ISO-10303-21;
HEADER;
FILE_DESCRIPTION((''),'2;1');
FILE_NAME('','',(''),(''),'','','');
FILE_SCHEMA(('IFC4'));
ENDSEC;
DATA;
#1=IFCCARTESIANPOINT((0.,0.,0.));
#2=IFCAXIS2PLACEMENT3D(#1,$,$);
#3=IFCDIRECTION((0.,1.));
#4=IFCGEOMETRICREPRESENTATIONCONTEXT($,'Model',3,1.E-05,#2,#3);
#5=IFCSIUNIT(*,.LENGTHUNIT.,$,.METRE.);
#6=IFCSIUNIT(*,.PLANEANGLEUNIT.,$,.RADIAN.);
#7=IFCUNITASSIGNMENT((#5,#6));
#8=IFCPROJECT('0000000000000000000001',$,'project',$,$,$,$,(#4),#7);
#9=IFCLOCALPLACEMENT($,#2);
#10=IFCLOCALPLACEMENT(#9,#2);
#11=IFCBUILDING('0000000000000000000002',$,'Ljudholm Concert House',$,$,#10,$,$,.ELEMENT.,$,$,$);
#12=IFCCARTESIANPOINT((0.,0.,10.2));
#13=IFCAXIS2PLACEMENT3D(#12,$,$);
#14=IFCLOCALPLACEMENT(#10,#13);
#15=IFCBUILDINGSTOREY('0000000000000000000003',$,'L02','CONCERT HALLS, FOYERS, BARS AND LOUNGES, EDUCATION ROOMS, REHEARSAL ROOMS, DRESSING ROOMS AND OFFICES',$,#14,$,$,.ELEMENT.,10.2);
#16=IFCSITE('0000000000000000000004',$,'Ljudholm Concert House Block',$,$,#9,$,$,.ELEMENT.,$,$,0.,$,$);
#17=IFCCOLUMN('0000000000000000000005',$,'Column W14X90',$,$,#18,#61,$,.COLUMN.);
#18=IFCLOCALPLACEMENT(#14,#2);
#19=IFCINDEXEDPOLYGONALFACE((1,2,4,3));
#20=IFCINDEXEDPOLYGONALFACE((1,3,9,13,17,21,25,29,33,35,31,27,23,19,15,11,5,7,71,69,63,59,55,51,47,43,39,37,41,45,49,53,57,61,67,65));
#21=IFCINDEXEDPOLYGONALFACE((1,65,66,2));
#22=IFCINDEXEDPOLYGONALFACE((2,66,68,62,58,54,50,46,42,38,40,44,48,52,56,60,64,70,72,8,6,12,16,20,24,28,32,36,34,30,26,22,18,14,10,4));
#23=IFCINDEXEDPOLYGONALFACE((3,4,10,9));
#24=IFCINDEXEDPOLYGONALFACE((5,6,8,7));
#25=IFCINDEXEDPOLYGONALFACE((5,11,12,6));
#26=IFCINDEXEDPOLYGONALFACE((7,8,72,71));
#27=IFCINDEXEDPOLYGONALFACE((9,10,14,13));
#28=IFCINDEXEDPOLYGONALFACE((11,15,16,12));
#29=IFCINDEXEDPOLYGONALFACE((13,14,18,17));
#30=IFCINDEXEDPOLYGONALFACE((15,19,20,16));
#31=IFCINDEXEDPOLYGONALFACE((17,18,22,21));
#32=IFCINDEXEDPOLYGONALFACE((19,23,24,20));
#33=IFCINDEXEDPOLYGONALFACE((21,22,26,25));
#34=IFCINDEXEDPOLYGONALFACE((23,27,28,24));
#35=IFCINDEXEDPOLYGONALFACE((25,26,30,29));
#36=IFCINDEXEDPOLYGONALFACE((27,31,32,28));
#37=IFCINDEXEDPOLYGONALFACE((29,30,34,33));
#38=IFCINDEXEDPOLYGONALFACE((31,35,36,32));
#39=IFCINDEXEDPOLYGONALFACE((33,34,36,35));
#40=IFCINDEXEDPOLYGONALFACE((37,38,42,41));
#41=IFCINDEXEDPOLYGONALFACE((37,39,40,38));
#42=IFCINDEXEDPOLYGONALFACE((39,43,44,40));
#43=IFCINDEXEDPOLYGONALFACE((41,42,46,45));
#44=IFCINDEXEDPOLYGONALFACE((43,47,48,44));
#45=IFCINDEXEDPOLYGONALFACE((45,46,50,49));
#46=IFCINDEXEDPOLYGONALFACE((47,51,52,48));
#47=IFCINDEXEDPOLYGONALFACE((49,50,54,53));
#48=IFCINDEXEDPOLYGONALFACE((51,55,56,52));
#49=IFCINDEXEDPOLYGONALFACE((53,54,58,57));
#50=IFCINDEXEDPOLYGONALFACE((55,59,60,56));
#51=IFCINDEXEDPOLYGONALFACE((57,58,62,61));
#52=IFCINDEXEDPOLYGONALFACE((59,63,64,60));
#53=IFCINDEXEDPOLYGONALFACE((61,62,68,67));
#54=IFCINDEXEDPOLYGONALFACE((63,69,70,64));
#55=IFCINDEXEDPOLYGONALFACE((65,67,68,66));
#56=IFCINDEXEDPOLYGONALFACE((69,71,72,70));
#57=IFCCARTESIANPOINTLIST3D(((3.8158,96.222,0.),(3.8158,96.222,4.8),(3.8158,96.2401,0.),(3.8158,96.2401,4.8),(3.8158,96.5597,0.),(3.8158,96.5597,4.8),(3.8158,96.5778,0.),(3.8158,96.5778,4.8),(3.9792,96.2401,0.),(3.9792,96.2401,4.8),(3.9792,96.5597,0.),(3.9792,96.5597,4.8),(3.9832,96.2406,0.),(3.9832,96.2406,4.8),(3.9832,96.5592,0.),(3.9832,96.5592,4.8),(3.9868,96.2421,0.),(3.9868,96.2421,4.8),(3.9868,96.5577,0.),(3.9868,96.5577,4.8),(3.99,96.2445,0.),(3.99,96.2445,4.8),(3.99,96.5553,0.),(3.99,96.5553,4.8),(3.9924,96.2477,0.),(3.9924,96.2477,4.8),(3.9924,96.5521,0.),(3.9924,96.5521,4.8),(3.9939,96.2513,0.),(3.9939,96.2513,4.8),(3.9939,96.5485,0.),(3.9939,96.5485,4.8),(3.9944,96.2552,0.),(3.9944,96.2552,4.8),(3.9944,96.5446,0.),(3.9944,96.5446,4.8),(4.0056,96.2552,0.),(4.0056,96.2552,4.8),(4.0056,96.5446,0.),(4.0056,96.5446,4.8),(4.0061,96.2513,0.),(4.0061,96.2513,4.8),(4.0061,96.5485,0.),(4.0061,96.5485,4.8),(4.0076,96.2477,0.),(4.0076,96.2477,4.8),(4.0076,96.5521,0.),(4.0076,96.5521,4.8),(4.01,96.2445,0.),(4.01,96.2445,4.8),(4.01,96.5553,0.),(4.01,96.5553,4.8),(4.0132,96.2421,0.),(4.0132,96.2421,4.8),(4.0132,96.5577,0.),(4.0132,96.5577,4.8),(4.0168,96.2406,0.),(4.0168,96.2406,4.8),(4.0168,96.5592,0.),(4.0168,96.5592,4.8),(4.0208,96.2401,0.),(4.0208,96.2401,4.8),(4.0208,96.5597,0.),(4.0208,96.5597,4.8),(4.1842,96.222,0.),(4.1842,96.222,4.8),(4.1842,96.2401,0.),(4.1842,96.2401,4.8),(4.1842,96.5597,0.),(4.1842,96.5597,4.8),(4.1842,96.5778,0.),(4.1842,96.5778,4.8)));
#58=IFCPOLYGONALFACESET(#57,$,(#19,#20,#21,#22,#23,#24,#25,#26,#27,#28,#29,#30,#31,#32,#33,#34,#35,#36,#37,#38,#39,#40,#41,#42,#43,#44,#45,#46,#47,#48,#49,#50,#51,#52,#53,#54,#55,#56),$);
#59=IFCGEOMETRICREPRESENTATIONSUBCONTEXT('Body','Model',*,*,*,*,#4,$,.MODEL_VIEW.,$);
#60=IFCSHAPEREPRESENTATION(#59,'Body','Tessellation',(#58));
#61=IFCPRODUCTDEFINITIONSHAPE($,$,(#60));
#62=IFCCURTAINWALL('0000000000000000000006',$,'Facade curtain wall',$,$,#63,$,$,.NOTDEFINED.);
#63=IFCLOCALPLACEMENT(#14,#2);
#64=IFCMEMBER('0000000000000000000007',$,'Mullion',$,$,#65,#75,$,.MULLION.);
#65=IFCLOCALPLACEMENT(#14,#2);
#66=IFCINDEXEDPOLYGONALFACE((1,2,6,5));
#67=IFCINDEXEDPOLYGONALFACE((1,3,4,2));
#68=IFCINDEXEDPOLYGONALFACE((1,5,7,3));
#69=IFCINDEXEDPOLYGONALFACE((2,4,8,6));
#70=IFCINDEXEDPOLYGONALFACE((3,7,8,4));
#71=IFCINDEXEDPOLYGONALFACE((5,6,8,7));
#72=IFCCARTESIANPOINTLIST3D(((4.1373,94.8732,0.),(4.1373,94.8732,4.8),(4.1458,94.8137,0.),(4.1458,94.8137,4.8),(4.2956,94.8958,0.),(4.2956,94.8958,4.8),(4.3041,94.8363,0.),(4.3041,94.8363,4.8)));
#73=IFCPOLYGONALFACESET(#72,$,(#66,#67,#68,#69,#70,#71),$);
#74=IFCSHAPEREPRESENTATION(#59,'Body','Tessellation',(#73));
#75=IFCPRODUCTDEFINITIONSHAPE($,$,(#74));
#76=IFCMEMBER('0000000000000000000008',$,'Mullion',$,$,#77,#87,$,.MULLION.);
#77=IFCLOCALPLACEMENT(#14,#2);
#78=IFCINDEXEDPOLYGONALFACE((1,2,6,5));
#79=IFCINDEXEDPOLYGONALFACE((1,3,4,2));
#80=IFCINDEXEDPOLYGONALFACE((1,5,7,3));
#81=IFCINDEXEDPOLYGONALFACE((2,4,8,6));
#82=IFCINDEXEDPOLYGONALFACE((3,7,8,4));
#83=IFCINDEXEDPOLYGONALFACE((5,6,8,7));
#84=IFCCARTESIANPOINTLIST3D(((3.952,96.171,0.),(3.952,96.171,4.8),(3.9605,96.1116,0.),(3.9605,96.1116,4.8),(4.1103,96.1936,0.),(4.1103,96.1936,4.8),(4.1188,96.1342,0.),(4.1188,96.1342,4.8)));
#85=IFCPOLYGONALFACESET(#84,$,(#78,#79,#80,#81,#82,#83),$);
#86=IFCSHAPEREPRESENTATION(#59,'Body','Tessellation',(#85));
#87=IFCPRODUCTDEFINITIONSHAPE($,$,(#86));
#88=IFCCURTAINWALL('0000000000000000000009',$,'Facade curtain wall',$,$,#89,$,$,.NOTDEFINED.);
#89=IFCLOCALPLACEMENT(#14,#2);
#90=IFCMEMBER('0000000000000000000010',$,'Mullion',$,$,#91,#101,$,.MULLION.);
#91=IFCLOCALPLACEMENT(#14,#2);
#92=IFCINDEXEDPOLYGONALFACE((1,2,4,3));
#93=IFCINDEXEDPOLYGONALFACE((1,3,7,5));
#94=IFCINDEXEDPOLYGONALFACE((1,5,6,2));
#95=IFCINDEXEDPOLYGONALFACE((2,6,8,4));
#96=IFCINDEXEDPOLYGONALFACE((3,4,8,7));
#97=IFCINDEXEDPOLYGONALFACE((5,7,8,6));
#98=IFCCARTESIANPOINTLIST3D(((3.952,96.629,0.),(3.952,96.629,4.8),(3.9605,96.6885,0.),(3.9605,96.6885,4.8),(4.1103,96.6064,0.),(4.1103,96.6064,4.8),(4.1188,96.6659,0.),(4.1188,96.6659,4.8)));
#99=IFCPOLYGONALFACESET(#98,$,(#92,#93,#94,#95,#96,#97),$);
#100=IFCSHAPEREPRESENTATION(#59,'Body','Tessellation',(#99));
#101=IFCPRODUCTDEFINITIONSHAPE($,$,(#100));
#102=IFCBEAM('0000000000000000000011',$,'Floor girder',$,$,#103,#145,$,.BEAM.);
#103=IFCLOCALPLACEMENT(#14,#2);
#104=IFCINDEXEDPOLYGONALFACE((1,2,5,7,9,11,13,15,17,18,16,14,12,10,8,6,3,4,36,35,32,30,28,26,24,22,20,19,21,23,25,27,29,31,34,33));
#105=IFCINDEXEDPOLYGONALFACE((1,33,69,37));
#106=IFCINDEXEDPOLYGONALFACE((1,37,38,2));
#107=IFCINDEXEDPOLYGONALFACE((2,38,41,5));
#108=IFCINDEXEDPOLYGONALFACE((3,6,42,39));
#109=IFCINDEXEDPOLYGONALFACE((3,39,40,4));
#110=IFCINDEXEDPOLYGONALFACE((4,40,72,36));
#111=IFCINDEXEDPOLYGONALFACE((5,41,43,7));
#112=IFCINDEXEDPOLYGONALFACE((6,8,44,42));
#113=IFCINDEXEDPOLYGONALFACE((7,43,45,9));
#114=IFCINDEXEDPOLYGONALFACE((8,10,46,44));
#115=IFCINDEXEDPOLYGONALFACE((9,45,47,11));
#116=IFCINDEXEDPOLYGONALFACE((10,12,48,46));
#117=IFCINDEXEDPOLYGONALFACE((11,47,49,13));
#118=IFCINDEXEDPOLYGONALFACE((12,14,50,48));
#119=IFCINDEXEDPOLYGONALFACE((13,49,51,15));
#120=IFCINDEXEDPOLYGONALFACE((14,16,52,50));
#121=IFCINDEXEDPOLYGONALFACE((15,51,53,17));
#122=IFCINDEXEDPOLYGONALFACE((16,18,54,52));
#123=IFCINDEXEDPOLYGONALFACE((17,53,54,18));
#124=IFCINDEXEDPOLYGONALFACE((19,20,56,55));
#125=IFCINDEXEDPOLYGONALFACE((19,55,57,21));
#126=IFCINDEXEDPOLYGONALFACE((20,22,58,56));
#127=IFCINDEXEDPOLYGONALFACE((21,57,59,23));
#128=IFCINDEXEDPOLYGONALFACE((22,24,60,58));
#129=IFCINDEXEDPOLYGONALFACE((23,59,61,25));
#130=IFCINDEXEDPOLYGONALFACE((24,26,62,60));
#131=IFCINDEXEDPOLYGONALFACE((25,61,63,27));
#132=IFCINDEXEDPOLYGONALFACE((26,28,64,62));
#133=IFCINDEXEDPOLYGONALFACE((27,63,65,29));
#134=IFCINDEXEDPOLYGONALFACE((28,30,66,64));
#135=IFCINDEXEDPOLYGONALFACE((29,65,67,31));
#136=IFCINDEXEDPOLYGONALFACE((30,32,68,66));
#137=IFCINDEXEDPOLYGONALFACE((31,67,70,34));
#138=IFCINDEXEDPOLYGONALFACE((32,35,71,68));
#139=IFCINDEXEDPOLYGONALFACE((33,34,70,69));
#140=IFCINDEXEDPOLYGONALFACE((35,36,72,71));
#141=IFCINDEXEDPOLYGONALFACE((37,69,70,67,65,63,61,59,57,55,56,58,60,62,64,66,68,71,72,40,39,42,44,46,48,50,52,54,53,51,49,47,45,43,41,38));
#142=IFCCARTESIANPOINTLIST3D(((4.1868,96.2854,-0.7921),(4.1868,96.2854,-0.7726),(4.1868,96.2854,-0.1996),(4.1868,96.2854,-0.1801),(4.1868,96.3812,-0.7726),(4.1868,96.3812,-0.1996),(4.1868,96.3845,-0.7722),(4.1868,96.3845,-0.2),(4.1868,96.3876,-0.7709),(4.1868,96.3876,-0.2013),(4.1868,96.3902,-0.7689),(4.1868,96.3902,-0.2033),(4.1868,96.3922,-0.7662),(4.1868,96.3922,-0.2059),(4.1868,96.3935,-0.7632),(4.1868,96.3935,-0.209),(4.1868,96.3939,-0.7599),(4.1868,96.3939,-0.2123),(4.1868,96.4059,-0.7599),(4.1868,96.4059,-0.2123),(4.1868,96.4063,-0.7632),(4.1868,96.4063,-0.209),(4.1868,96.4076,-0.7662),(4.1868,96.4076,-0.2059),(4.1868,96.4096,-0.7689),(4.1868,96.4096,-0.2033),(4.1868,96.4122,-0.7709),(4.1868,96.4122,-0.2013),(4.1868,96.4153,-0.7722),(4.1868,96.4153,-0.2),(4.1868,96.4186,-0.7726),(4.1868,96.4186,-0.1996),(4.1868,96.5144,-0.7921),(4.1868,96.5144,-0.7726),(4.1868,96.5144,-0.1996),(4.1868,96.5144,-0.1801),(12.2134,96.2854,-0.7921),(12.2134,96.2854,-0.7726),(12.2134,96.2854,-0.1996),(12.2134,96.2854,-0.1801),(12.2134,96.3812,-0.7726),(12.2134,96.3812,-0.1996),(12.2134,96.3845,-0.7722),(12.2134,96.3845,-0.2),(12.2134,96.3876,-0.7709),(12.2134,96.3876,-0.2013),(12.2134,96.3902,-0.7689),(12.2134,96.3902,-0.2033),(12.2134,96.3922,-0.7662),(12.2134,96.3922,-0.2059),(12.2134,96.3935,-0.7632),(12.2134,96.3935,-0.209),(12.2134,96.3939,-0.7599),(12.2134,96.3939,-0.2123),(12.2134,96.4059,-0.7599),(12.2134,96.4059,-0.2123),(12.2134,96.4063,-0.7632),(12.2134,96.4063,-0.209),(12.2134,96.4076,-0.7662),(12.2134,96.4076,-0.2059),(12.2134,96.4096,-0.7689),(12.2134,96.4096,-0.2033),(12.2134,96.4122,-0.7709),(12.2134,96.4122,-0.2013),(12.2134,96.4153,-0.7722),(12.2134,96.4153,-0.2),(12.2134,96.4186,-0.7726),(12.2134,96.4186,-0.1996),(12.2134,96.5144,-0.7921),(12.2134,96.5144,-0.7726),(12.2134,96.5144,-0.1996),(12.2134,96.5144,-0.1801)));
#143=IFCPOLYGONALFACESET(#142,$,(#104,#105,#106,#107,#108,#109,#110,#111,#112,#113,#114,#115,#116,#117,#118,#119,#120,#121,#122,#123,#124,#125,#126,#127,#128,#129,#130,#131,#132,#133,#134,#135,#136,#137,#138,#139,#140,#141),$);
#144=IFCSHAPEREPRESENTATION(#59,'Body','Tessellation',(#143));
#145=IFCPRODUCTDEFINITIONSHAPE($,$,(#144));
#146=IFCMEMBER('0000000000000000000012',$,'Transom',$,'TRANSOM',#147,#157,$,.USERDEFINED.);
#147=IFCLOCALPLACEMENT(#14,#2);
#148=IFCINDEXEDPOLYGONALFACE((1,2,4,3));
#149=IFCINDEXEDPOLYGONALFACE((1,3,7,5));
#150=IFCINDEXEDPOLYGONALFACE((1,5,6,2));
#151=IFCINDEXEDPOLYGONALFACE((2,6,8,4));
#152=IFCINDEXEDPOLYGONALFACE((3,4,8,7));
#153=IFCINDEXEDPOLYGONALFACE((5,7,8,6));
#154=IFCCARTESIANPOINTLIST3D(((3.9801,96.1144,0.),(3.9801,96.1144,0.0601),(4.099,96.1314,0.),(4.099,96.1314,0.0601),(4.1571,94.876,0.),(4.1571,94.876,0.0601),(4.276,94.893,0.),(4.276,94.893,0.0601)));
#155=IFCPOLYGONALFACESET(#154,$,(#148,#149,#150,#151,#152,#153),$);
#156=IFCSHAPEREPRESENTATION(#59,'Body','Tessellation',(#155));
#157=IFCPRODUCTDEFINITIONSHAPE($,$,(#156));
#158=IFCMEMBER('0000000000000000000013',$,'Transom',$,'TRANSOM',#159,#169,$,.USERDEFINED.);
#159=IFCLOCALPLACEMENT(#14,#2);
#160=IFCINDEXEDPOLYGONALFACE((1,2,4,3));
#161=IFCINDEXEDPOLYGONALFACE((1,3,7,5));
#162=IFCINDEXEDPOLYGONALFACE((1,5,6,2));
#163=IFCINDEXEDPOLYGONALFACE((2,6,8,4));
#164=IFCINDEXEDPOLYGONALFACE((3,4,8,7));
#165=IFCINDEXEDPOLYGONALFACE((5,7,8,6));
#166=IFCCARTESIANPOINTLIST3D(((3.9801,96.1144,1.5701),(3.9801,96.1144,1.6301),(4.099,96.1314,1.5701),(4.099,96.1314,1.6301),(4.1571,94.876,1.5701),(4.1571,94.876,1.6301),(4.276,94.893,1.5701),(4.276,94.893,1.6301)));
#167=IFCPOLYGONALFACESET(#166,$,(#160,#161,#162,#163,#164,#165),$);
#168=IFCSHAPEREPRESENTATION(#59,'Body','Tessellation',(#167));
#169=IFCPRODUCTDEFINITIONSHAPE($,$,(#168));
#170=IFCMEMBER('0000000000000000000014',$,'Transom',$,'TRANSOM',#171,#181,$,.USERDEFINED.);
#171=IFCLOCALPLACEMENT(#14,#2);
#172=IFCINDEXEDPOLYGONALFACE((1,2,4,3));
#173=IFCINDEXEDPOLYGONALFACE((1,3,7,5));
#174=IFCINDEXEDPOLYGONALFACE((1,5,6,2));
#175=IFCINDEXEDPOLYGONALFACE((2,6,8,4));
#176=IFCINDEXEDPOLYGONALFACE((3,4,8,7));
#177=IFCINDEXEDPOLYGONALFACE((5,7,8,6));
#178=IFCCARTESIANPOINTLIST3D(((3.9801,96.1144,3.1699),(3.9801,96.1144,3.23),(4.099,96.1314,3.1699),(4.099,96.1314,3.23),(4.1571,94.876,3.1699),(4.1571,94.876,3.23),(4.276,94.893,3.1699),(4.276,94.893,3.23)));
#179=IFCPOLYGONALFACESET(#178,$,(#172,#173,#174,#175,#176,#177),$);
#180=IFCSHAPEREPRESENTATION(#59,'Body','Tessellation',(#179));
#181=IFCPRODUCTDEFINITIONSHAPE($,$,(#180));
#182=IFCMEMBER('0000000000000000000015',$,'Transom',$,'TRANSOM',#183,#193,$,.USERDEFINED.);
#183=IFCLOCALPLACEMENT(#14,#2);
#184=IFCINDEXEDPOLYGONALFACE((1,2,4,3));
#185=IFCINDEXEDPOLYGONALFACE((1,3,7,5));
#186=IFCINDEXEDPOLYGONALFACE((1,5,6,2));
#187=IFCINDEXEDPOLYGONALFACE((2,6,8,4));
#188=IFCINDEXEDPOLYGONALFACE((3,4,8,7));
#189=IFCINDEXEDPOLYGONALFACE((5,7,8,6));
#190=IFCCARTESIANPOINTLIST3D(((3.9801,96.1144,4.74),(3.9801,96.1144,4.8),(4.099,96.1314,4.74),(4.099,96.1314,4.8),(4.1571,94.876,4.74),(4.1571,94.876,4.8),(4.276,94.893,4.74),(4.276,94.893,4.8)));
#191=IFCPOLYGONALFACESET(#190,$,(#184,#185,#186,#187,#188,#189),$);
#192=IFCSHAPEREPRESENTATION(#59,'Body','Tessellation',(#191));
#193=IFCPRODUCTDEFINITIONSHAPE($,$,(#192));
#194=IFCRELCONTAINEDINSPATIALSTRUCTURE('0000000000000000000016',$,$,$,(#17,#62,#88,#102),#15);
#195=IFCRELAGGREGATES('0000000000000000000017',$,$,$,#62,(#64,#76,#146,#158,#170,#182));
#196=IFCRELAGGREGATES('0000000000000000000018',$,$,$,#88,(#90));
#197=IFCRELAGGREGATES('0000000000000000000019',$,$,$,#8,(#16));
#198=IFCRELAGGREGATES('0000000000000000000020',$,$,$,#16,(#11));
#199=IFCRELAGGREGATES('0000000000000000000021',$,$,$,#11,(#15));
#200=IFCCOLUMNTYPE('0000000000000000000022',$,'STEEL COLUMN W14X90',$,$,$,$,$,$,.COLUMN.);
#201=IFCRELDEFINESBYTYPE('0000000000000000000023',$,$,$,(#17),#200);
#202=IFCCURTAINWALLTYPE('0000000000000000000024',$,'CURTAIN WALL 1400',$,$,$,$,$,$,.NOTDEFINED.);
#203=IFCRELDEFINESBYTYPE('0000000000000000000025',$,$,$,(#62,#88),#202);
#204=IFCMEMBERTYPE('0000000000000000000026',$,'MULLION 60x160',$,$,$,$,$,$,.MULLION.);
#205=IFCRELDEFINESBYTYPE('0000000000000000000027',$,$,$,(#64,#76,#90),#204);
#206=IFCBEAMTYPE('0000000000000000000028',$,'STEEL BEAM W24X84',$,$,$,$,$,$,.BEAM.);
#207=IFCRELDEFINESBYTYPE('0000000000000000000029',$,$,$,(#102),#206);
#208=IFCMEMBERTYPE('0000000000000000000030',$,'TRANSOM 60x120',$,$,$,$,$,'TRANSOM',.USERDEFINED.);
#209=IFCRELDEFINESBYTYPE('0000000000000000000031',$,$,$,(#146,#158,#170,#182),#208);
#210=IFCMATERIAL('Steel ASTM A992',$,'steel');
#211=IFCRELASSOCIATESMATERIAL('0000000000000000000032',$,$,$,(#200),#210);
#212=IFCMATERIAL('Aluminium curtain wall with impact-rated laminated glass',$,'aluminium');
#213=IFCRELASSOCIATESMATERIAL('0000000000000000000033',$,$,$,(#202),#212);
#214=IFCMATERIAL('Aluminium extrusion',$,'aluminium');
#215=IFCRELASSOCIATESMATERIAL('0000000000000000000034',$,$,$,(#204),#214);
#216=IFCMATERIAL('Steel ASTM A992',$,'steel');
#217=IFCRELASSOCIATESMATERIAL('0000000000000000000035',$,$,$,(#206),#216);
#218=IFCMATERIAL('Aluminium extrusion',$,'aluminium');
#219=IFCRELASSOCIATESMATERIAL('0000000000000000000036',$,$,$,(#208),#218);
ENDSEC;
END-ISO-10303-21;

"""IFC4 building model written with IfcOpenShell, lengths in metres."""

from ifc_helpers import new_model, si_unit, direction, frame, origin, origin_2d, place, context, subcontext, project, spatial, rectangle, i_section, extrude, material, material_profile, profile_set, type_object, element, aggregate, save


model = new_model("IFC4")

# Units and contexts
model_context = context("Model", 3, precision=1e-05, world=origin(), true_north=direction((0.0, 1.0)))
body_context = subcontext(model_context, "Body", "Model", "MODEL_VIEW")
ifc_project = project(units=[si_unit("LENGTHUNIT", "METRE"), si_unit("PLANEANGLEUNIT", "RADIAN")], contexts=[model_context])

# Site, building, storey
site_placement = place(None, origin())
site = spatial("IfcSite", under=ifc_project, at=site_placement, Name="Ljudholm Concert House Block", CompositionType="ELEMENT", RefElevation=0.0)
building_placement = place(site_placement, origin())
building = spatial("IfcBuilding", under=site, at=building_placement, Name="Ljudholm Concert House", CompositionType="ELEMENT")
storey_placement = place(building_placement, frame((0.0, 0.0, 10.2)))
storey = spatial("IfcBuildingStorey", under=building, at=storey_placement, Name="L02", Description="CONCERT HALLS, FOYERS, BARS AND LOUNGES, EDUCATION ROOMS, REHEARSAL ROOMS, DRESSING ROOMS AND OFFICES", CompositionType="ELEMENT", Elevation=10.2)

# Column
ifc_material_1 = material(Name="Steel ASTM A992", Category="steel")
ifc_material_profile_1 = material_profile(ifc_material_1, i_section(OverallWidth=0.3684, OverallDepth=0.3557, WebThickness=0.0112, FlangeThickness=0.0181, FilletRadius=0.0151, at=origin_2d()), Name="W14X90")
ifc_profile_set_1 = profile_set([ifc_material_profile_1], Name="Steel ASTM A992")
column_type = type_object("IfcColumnType", Name="STEEL COLUMN W14X90", PredefinedType="COLUMN", material=ifc_profile_set_1)
column_placement = place(storey_placement, frame((4.0, 96.3999, 0.0), z_axis=(0.0, 0.0, 1.0), x_axis=(1.0, 0.0, 0.0)))
element("IfcColumn", 1, at=column_placement, inside=storey, type_object=column_type, Name="Column W14X90", PredefinedType="COLUMN", context=body_context, shape_type="SweptSolid", body=[
    extrude(i_section(OverallWidth=0.3684, OverallDepth=0.3557, WebThickness=0.0112, FlangeThickness=0.0181, FilletRadius=0.0151, at=origin_2d()), origin(), (0.0, 0.0, 1.0), 4.8),
])

# Curtain wall, members
ifc_material_2 = material(Name="Aluminium curtain wall with impact-rated laminated glass", Category="aluminium")
curtain_wall_type = type_object("IfcCurtainWallType", Name="CURTAIN WALL 1400", PredefinedType="NOTDEFINED", material=ifc_material_2)
curtain_wall_1_placement = place(storey_placement, origin())
curtain_wall_1 = element("IfcCurtainWall", 2, at=curtain_wall_1_placement, inside=storey, type_object=curtain_wall_type, Name="Facade curtain wall", PredefinedType="NOTDEFINED")
ifc_material_3 = material(Name="Aluminium extrusion", Category="aluminium")
ifc_material_profile_2 = material_profile(ifc_material_3, rectangle(XDim=0.1599, YDim=0.0601, at=origin_2d()), Name="MULLION 60x160")
ifc_profile_set_2 = profile_set([ifc_material_profile_2], Name="Aluminium extrusion")
member_type_1 = type_object("IfcMemberType", Name="MULLION 60x160", PredefinedType="MULLION", material=ifc_profile_set_2)
member_1_placement = place(storey_placement, frame((4.2207, 94.8547, 0.0), z_axis=(0.0, 0.0, 1.0), x_axis=(-0.989949, -0.141421, 0.0)))
member_1 = element("IfcMember", 3, at=member_1_placement, type_object=member_type_1, Name="Mullion", PredefinedType="MULLION", context=body_context, shape_type="SweptSolid", body=[
    extrude(rectangle(XDim=0.1599, YDim=0.0601, at=origin_2d()), origin(), (0.0, 0.0, 1.0), 4.8),
])
member_2_placement = place(storey_placement, frame((4.0354, 96.1526, 0.0), z_axis=(0.0, 0.0, 1.0), x_axis=(-0.989949, -0.141421, 0.0)))
member_2 = element("IfcMember", 4, at=member_2_placement, type_object=member_type_1, Name="Mullion", PredefinedType="MULLION", context=body_context, shape_type="SweptSolid", body=[
    extrude(rectangle(XDim=0.1599, YDim=0.0601, at=origin_2d()), origin(), (0.0, 0.0, 1.0), 4.8),
])

# Curtain wall, member
curtain_wall_2_placement = place(storey_placement, origin())
curtain_wall_2 = element("IfcCurtainWall", 5, at=curtain_wall_2_placement, inside=storey, type_object=curtain_wall_type, Name="Facade curtain wall", PredefinedType="NOTDEFINED")
member_3_placement = place(storey_placement, frame((4.0354, 96.6475, 0.0), z_axis=(0.0, 0.0, 1.0), x_axis=(-0.989949, 0.141421, 0.0)))
member_3 = element("IfcMember", 6, at=member_3_placement, type_object=member_type_1, Name="Mullion", PredefinedType="MULLION", context=body_context, shape_type="SweptSolid", body=[
    extrude(rectangle(XDim=0.1599, YDim=0.0601, at=origin_2d()), origin(), (0.0, 0.0, 1.0), 4.8),
])

# Beam
ifc_material_4 = material(Name="Steel ASTM A992", Category="steel")
ifc_material_profile_3 = material_profile(ifc_material_4, i_section(OverallWidth=0.229, OverallDepth=0.6121, WebThickness=0.012, FlangeThickness=0.0195, FilletRadius=0.0127, at=origin_2d()), Name="W24X84")
ifc_profile_set_3 = profile_set([ifc_material_profile_3], Name="Steel ASTM A992")
beam_type = type_object("IfcBeamType", Name="STEEL BEAM W24X84", PredefinedType="BEAM", material=ifc_profile_set_3)
beam_placement = place(storey_placement, frame((4.1868, 96.3999, -0.4861), z_axis=(1.0, 0.0, 0.0), x_axis=(0.0, 1.0, 0.0)))
element("IfcBeam", 7, at=beam_placement, inside=storey, type_object=beam_type, Name="Floor girder", PredefinedType="BEAM", context=body_context, shape_type="SweptSolid", body=[
    extrude(i_section(OverallWidth=0.229, OverallDepth=0.6121, WebThickness=0.012, FlangeThickness=0.0195, FilletRadius=0.0127, at=origin_2d()), origin(), (0.0, 0.0, 1.0), 8.0266),
])

# Members
ifc_material_5 = material(Name="Aluminium extrusion", Category="aluminium")
ifc_material_profile_4 = material_profile(ifc_material_5, rectangle(XDim=0.1201, YDim=0.0601, at=origin_2d()), Name="TRANSOM 60x120")
ifc_profile_set_4 = profile_set([ifc_material_profile_4], Name="Aluminium extrusion")
member_type_2 = type_object("IfcMemberType", Name="TRANSOM 60x120", ElementType="TRANSOM", PredefinedType="USERDEFINED", material=ifc_profile_set_4)
member_4_placement = place(storey_placement, frame((4.2166, 94.8845, 0.03), z_axis=(-0.141503, 0.989938, 0.0), x_axis=(-0.989938, -0.141503, 0.0)))
member_4 = element("IfcMember", 8, at=member_4_placement, type_object=member_type_2, Name="Transom", ObjectType="TRANSOM", PredefinedType="USERDEFINED", context=body_context, shape_type="SweptSolid", body=[
    extrude(rectangle(XDim=0.1201, YDim=0.0601, at=origin_2d()), origin(), (0.0, 0.0, 1.0), 1.251),
])
member_5_placement = place(storey_placement, frame((4.2166, 94.8845, 1.6001), z_axis=(-0.141503, 0.989938, 0.0), x_axis=(-0.989938, -0.141503, 0.0)))
member_5 = element("IfcMember", 9, at=member_5_placement, type_object=member_type_2, Name="Transom", ObjectType="TRANSOM", PredefinedType="USERDEFINED", context=body_context, shape_type="SweptSolid", body=[
    extrude(rectangle(XDim=0.1201, YDim=0.0601, at=origin_2d()), origin(), (0.0, 0.0, 1.0), 1.251),
])
member_6_placement = place(storey_placement, frame((4.2166, 94.8845, 3.2), z_axis=(-0.141503, 0.989938, 0.0), x_axis=(-0.989938, -0.141503, 0.0)))
member_6 = element("IfcMember", 10, at=member_6_placement, type_object=member_type_2, Name="Transom", ObjectType="TRANSOM", PredefinedType="USERDEFINED", context=body_context, shape_type="SweptSolid", body=[
    extrude(rectangle(XDim=0.1201, YDim=0.0601, at=origin_2d()), origin(), (0.0, 0.0, 1.0), 1.251),
])
member_7_placement = place(storey_placement, frame((4.2166, 94.8845, 4.77), z_axis=(-0.141503, 0.989938, 0.0), x_axis=(-0.989938, -0.141503, 0.0)))
member_7 = element("IfcMember", 11, at=member_7_placement, type_object=member_type_2, Name="Transom", ObjectType="TRANSOM", PredefinedType="USERDEFINED", context=body_context, shape_type="SweptSolid", body=[
    extrude(rectangle(XDim=0.1201, YDim=0.0601, at=origin_2d()), origin(), (0.0, 0.0, 1.0), 1.251),
])

aggregate(curtain_wall_1, [member_1, member_2, member_4, member_5, member_6, member_7])
aggregate(curtain_wall_2, [member_3])

save(model, "model.ifc")
